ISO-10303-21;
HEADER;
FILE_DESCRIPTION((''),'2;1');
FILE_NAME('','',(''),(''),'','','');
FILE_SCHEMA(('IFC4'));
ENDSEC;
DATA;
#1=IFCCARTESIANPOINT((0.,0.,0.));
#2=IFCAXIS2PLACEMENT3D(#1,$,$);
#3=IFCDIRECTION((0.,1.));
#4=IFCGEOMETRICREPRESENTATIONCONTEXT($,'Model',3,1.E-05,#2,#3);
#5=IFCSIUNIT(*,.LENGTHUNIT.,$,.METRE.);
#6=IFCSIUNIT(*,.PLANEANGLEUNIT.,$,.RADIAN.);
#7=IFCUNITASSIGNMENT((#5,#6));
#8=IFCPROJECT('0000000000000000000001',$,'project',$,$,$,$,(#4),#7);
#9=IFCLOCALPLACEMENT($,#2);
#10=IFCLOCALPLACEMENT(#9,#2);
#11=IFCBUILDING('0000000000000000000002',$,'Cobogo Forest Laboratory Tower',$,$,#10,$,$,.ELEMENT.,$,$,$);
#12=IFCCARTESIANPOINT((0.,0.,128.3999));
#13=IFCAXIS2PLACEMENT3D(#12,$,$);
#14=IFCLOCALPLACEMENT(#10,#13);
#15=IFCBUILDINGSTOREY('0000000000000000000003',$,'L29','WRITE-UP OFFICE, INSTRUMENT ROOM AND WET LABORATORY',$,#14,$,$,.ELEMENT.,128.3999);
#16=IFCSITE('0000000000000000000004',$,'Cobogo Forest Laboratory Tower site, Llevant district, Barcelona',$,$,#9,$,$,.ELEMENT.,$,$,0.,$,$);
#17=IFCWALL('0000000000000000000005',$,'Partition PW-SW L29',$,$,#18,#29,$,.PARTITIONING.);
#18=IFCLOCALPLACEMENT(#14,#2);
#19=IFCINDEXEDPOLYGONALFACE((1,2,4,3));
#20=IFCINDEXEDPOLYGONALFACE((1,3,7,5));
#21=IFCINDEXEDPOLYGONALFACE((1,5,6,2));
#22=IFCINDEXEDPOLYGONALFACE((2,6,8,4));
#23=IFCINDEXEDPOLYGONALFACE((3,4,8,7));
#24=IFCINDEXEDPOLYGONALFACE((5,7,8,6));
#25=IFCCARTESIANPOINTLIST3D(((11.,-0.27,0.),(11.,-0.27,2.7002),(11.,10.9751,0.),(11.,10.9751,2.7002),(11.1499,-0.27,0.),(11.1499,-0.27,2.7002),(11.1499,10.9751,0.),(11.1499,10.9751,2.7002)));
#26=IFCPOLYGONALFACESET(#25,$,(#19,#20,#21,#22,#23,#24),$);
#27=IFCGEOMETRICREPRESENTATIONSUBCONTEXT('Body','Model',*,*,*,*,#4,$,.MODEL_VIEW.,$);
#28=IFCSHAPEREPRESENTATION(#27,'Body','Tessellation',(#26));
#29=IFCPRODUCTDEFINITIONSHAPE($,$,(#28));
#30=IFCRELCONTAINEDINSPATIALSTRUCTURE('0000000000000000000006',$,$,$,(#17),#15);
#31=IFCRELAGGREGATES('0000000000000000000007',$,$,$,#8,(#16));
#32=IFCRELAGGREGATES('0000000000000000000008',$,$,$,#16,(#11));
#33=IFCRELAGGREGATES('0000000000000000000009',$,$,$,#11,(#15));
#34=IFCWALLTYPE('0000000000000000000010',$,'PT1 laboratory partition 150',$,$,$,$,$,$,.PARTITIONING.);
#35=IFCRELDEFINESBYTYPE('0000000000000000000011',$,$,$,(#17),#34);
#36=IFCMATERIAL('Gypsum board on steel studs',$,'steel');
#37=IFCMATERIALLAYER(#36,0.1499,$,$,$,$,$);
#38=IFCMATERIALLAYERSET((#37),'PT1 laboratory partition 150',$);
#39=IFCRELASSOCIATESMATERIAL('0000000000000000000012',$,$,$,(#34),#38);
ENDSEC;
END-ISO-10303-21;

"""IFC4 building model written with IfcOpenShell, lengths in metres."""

from ifc_helpers import new_model, si_unit, direction, frame, frame_2d, origin, place, context, subcontext, project, spatial, rectangle, extrude, material, layer, layer_set, type_object, element, save


model = new_model("IFC4")

# Units and contexts
model_context = context("Model", 3, precision=1e-05, world=origin(), true_north=direction((0.0, 1.0)))
body_context = subcontext(model_context, "Body", "Model", "MODEL_VIEW")
ifc_project = project(units=[si_unit("LENGTHUNIT", "METRE"), si_unit("PLANEANGLEUNIT", "RADIAN")], contexts=[model_context])

# Site, building, storey
site_placement = place(None, origin())
site = spatial("IfcSite", under=ifc_project, at=site_placement, Name="Cobogo Forest Laboratory Tower site, Llevant district, Barcelona", CompositionType="ELEMENT", RefElevation=0.0)
building_placement = place(site_placement, origin())
building = spatial("IfcBuilding", under=site, at=building_placement, Name="Cobogo Forest Laboratory Tower", CompositionType="ELEMENT")
storey_placement = place(building_placement, frame((0.0, 0.0, 128.3999)))
storey = spatial("IfcBuildingStorey", under=building, at=storey_placement, Name="L29", Description="WRITE-UP OFFICE, INSTRUMENT ROOM AND WET LABORATORY", CompositionType="ELEMENT", Elevation=128.3999)

# Wall
ifc_material_1 = material(Name="Gypsum board on steel studs", Category="steel")
ifc_layer_1 = layer(ifc_material_1, 0.1499)
ifc_layer_set_1 = layer_set([ifc_layer_1], Name="PT1 laboratory partition 150")
wall_type = type_object("IfcWallType", Name="PT1 laboratory partition 150", PredefinedType="PARTITIONING", material=ifc_layer_set_1)
wall_placement = place(storey_placement, frame((11.075, -0.27, 0.0), z_axis=(0.0, 0.0, 1.0), x_axis=(0.0, 1.0, 0.0)))
element("IfcWall", 1, at=wall_placement, inside=storey, type_object=wall_type, Name="Partition PW-SW L29", PredefinedType="PARTITIONING", context=body_context, shape_type="SweptSolid", body=[
    extrude(rectangle(XDim=11.2451, YDim=0.1499, at=frame_2d((5.6226, 0.0))), origin(), (0.0, 0.0, 1.0), 2.7002),
])

save(model, "model.ifc")
